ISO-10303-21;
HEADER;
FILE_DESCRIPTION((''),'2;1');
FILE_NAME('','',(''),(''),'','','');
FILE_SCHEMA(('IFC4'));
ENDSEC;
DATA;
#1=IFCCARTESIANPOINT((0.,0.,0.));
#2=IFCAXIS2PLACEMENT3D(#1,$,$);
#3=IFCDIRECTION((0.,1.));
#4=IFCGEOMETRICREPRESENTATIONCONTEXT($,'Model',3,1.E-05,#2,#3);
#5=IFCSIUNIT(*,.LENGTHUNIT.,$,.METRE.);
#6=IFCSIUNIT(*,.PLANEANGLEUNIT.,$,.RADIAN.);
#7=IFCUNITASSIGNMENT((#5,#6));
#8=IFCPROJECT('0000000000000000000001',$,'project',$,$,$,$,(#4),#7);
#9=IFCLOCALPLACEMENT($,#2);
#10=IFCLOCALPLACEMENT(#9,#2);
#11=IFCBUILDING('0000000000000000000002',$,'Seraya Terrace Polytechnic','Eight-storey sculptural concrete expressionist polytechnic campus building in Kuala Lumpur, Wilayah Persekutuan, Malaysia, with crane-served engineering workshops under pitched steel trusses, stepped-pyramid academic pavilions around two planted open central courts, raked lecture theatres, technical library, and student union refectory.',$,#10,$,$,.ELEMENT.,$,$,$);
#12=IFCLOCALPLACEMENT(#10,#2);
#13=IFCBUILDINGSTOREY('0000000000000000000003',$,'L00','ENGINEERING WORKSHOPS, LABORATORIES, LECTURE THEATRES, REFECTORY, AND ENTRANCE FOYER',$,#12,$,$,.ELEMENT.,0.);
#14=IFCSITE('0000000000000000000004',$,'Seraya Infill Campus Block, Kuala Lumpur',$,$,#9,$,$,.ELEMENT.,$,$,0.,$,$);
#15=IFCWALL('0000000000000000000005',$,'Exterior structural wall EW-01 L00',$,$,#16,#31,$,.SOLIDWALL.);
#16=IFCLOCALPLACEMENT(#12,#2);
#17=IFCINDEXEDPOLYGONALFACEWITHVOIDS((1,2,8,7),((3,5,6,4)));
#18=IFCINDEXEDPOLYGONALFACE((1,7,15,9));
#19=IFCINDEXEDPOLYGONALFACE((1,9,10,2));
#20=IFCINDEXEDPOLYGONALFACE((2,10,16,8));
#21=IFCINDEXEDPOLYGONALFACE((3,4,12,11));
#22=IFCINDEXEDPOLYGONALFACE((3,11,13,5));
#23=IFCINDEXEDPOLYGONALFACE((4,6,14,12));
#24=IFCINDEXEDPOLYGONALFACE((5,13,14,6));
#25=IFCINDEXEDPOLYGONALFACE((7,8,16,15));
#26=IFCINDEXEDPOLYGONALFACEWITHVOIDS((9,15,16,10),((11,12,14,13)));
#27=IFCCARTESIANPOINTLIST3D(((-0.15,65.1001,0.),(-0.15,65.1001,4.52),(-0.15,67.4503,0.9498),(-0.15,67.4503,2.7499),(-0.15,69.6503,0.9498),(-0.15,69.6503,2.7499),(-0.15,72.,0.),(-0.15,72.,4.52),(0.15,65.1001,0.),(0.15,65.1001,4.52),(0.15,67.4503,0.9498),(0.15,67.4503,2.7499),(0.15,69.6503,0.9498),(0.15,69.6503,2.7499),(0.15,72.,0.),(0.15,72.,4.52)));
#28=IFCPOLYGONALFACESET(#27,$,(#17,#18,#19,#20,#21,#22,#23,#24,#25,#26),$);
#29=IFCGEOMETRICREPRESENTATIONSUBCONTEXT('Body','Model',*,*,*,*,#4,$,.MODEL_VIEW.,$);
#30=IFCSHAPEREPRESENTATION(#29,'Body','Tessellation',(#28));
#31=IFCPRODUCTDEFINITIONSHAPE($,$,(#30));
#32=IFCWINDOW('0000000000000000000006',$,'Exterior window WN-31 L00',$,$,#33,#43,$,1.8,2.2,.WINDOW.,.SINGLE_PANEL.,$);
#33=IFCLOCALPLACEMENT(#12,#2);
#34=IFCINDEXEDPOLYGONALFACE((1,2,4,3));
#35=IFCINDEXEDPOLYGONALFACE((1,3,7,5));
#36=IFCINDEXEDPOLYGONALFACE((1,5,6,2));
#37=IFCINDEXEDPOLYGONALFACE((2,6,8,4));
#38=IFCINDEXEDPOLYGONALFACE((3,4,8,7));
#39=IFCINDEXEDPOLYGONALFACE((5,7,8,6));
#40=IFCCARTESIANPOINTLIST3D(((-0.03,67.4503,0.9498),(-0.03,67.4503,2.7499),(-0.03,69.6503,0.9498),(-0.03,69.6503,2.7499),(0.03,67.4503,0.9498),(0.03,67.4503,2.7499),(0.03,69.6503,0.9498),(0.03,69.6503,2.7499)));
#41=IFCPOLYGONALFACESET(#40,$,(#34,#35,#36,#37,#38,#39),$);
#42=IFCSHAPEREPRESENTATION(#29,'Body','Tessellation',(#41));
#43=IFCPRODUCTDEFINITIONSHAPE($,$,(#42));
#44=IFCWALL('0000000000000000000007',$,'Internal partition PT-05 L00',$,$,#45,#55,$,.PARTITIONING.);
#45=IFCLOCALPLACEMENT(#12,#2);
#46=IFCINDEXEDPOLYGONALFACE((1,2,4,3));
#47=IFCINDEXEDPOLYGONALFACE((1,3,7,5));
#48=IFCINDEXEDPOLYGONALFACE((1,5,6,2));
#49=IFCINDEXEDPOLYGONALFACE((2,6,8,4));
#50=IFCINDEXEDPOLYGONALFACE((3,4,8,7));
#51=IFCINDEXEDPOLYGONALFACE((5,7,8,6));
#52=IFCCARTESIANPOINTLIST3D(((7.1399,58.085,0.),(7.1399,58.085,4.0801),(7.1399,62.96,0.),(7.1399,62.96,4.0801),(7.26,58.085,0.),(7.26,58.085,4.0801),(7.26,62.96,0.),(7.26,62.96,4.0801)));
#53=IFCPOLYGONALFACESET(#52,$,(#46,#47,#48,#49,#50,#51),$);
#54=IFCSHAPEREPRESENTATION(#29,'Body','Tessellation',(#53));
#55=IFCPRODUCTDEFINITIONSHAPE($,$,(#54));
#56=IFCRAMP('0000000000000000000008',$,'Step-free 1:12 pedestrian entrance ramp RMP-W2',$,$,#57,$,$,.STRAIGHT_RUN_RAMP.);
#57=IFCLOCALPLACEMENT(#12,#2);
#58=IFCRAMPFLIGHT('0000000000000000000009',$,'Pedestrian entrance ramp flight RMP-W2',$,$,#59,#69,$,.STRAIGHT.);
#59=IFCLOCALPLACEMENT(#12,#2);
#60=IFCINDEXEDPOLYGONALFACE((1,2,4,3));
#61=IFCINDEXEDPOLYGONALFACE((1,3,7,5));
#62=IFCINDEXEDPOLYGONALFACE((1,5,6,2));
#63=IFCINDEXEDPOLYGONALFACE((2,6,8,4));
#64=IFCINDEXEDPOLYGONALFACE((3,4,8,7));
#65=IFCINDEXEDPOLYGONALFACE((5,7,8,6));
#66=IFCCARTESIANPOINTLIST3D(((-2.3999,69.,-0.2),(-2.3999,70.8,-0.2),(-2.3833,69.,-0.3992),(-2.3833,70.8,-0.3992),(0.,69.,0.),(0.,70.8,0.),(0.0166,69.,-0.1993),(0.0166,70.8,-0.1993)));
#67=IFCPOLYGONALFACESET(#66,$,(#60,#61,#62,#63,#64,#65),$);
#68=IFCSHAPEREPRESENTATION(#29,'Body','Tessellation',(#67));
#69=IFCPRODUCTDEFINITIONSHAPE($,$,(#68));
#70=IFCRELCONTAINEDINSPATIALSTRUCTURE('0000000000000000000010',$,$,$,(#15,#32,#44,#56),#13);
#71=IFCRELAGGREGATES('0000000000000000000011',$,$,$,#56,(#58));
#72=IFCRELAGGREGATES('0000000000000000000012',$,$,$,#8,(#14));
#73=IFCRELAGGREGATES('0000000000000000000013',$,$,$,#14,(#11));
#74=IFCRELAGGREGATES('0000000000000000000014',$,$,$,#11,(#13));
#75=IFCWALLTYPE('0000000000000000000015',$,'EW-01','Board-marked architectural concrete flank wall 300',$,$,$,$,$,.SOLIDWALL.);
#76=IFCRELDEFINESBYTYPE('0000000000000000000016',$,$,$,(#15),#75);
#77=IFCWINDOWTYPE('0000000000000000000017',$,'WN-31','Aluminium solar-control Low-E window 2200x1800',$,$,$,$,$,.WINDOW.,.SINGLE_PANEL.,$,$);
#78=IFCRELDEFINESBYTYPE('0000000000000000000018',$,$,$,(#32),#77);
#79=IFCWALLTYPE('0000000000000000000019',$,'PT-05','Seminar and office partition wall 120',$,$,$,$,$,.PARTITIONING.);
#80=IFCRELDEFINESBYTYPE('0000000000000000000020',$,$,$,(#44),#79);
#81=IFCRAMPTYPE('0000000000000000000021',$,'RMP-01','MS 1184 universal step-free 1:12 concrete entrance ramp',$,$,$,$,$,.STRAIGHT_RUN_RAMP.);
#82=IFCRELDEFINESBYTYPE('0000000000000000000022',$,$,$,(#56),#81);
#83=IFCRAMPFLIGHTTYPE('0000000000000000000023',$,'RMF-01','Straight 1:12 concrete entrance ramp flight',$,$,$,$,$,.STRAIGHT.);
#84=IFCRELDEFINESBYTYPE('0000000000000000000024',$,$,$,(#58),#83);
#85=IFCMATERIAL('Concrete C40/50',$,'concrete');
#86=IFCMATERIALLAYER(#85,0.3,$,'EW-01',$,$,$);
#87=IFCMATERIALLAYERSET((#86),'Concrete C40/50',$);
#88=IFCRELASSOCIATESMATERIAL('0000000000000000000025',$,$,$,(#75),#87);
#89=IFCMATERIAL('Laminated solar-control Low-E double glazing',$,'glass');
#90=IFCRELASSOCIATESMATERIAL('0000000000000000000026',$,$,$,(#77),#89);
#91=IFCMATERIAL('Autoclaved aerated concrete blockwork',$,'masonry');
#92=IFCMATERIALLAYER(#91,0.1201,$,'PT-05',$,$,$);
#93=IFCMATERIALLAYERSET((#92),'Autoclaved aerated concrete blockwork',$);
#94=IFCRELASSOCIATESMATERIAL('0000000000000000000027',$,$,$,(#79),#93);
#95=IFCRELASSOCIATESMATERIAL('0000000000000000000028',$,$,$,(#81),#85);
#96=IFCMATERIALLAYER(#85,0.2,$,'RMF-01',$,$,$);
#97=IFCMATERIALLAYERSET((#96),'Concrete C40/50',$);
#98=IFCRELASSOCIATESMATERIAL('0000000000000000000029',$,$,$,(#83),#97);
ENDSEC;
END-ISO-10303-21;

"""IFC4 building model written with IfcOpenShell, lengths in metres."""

from ifc_helpers import new_model, si_unit, direction, frame, frame_2d, origin, place, context, subcontext, project, spatial, polyline, rectangle, outline, extrude, material, layer, layer_set, type_object, element, fill, aggregate, save


model = new_model("IFC4")

# Units and contexts
model_context = context("Model", 3, precision=1e-05, world=origin(), true_north=direction((0.0, 1.0)))
body_context = subcontext(model_context, "Body", "Model", "MODEL_VIEW")
ifc_project = project(units=[si_unit("LENGTHUNIT", "METRE"), si_unit("PLANEANGLEUNIT", "RADIAN")], contexts=[model_context])

# Site, building, storey
site_placement = place(None, origin())
site = spatial("IfcSite", under=ifc_project, at=site_placement, Name="Seraya Infill Campus Block, Kuala Lumpur", CompositionType="ELEMENT", RefElevation=0.0)
building_placement = place(site_placement, origin())
building = spatial("IfcBuilding", under=site, at=building_placement, Name="Seraya Terrace Polytechnic", Description="Eight-storey sculptural concrete expressionist polytechnic campus building in Kuala Lumpur, Wilayah Persekutuan, Malaysia, with crane-served engineering workshops under pitched steel trusses, stepped-pyramid academic pavilions around two planted open central courts, raked lecture theatres, technical library, and student union refectory.", CompositionType="ELEMENT")
storey_placement = place(building_placement, origin())
storey = spatial("IfcBuildingStorey", under=building, at=storey_placement, Name="L00", Description="ENGINEERING WORKSHOPS, LABORATORIES, LECTURE THEATRES, REFECTORY, AND ENTRANCE FOYER", CompositionType="ELEMENT", Elevation=0.0)

# Shared definitions
ifc_material_1 = material(Name="Concrete C40/50", Category="concrete")

# Wall, opening, window
ifc_layer_1 = layer(ifc_material_1, 0.3, Name="EW-01")
ifc_layer_set_1 = layer_set([ifc_layer_1], Name="Concrete C40/50")
wall_type_1 = type_object("IfcWallType", Name="EW-01", Description="Board-marked architectural concrete flank wall 300", PredefinedType="SOLIDWALL", material=ifc_layer_set_1)
ifc_material_2 = material(Name="Laminated solar-control Low-E double glazing", Category="glass")
wall_1_placement = place(storey_placement, frame((0.0, 65.1001, 0.0), z_axis=(0.0, 0.0, 1.0), x_axis=(0.0, 1.0, 0.0)))
wall_1 = element("IfcWall", 1, at=wall_1_placement, inside=storey, type_object=wall_type_1, Name="Exterior structural wall EW-01 L00", PredefinedType="SOLIDWALL", context=body_context, shape_type="SweptSolid", body=[
    extrude(rectangle(XDim=6.8999, YDim=0.3, at=frame_2d((3.45, 0.0))), origin(), (0.0, 0.0, 1.0), 4.52),
])
opening_1_placement = place(wall_1_placement, frame((2.3501, 0.0, 0.95)))
opening_1 = element("IfcOpeningElement", 2, at=opening_1_placement, cuts=wall_1, PredefinedType="OPENING", context=body_context, shape_type="SweptSolid", body=[
    extrude(rectangle(XDim=2.2, YDim=1.8, at=frame_2d((1.1001, 0.8999))), frame((0.0, 0.1621, 0.0), z_axis=(0.0, -1.0, 0.0), x_axis=(1.0, 0.0, 0.0)), (0.0, 0.0, 1.0), 0.324),
])
window_type_1 = type_object("IfcWindowType", Name="WN-31", Description="Aluminium solar-control Low-E window 2200x1800", PartitioningType="SINGLE_PANEL", PredefinedType="WINDOW", material=ifc_material_2)
window_1_placement = place(opening_1_placement, origin())
window_1 = element("IfcWindow", 3, at=window_1_placement, inside=storey, type_object=window_type_1, Name="Exterior window WN-31 L00", OverallHeight=1.8, OverallWidth=2.2, PartitioningType="SINGLE_PANEL", PredefinedType="WINDOW", context=body_context, shape_type="SweptSolid", body=[
    extrude(rectangle(XDim=2.2, YDim=1.8, at=frame_2d((1.1001, 0.8999))), frame((0.0, 0.03, 0.0), z_axis=(0.0, -1.0, 0.0), x_axis=(1.0, 0.0, 0.0)), (0.0, 0.0, 1.0), 0.0601),
])
fill(opening_1, window_1)

# Wall
ifc_material_3 = material(Name="Autoclaved aerated concrete blockwork", Category="masonry")
ifc_layer_2 = layer(ifc_material_3, 0.1201, Name="PT-05")
ifc_layer_set_2 = layer_set([ifc_layer_2], Name="Autoclaved aerated concrete blockwork")
wall_type_2 = type_object("IfcWallType", Name="PT-05", Description="Seminar and office partition wall 120", PredefinedType="PARTITIONING", material=ifc_layer_set_2)
wall_2_placement = place(storey_placement, frame((7.2, 58.085, 0.0), z_axis=(0.0, 0.0, 1.0), x_axis=(0.0, 1.0, 0.0)))
element("IfcWall", 4, at=wall_2_placement, inside=storey, type_object=wall_type_2, Name="Internal partition PT-05 L00", PredefinedType="PARTITIONING", context=body_context, shape_type="SweptSolid", body=[
    extrude(rectangle(XDim=4.875, YDim=0.1201, at=frame_2d((2.4375, 0.0))), origin(), (0.0, 0.0, 1.0), 4.0801),
])

# Ramp, ramp flight
ramp_type = type_object("IfcRampType", Name="RMP-01", Description="MS 1184 universal step-free 1:12 concrete entrance ramp", PredefinedType="STRAIGHT_RUN_RAMP", material=ifc_material_1)
ramp_placement = place(storey_placement, origin())
ramp = element("IfcRamp", 5, at=ramp_placement, inside=storey, type_object=ramp_type, Name="Step-free 1:12 pedestrian entrance ramp RMP-W2", PredefinedType="STRAIGHT_RUN_RAMP")
ifc_layer_3 = layer(ifc_material_1, 0.2, Name="RMF-01")
ifc_layer_set_3 = layer_set([ifc_layer_3], Name="Concrete C40/50")
ramp_flight_type = type_object("IfcRampFlightType", Name="RMF-01", Description="Straight 1:12 concrete entrance ramp flight", PredefinedType="STRAIGHT", material=ifc_layer_set_3)
ramp_flight_placement = place(storey_placement, frame((-2.3999, 69.0, -0.2), z_axis=(-0.083029, 0.0, 0.996547), x_axis=(0.996547, 0.0, 0.083029)))
ramp_flight = element("IfcRampFlight", 6, at=ramp_flight_placement, type_object=ramp_flight_type, Name="Pedestrian entrance ramp flight RMP-W2", PredefinedType="STRAIGHT", context=body_context, shape_type="SweptSolid", body=[
    extrude(outline(polyline([(0.0, 0.0), (2.4082, 0.0), (2.4082, 1.8), (0.0, 1.8), (0.0, 0.0)])), origin(), (0.0, 0.0, -1.0), 0.2),
])
aggregate(ramp, [ramp_flight])

save(model, "model.ifc")
